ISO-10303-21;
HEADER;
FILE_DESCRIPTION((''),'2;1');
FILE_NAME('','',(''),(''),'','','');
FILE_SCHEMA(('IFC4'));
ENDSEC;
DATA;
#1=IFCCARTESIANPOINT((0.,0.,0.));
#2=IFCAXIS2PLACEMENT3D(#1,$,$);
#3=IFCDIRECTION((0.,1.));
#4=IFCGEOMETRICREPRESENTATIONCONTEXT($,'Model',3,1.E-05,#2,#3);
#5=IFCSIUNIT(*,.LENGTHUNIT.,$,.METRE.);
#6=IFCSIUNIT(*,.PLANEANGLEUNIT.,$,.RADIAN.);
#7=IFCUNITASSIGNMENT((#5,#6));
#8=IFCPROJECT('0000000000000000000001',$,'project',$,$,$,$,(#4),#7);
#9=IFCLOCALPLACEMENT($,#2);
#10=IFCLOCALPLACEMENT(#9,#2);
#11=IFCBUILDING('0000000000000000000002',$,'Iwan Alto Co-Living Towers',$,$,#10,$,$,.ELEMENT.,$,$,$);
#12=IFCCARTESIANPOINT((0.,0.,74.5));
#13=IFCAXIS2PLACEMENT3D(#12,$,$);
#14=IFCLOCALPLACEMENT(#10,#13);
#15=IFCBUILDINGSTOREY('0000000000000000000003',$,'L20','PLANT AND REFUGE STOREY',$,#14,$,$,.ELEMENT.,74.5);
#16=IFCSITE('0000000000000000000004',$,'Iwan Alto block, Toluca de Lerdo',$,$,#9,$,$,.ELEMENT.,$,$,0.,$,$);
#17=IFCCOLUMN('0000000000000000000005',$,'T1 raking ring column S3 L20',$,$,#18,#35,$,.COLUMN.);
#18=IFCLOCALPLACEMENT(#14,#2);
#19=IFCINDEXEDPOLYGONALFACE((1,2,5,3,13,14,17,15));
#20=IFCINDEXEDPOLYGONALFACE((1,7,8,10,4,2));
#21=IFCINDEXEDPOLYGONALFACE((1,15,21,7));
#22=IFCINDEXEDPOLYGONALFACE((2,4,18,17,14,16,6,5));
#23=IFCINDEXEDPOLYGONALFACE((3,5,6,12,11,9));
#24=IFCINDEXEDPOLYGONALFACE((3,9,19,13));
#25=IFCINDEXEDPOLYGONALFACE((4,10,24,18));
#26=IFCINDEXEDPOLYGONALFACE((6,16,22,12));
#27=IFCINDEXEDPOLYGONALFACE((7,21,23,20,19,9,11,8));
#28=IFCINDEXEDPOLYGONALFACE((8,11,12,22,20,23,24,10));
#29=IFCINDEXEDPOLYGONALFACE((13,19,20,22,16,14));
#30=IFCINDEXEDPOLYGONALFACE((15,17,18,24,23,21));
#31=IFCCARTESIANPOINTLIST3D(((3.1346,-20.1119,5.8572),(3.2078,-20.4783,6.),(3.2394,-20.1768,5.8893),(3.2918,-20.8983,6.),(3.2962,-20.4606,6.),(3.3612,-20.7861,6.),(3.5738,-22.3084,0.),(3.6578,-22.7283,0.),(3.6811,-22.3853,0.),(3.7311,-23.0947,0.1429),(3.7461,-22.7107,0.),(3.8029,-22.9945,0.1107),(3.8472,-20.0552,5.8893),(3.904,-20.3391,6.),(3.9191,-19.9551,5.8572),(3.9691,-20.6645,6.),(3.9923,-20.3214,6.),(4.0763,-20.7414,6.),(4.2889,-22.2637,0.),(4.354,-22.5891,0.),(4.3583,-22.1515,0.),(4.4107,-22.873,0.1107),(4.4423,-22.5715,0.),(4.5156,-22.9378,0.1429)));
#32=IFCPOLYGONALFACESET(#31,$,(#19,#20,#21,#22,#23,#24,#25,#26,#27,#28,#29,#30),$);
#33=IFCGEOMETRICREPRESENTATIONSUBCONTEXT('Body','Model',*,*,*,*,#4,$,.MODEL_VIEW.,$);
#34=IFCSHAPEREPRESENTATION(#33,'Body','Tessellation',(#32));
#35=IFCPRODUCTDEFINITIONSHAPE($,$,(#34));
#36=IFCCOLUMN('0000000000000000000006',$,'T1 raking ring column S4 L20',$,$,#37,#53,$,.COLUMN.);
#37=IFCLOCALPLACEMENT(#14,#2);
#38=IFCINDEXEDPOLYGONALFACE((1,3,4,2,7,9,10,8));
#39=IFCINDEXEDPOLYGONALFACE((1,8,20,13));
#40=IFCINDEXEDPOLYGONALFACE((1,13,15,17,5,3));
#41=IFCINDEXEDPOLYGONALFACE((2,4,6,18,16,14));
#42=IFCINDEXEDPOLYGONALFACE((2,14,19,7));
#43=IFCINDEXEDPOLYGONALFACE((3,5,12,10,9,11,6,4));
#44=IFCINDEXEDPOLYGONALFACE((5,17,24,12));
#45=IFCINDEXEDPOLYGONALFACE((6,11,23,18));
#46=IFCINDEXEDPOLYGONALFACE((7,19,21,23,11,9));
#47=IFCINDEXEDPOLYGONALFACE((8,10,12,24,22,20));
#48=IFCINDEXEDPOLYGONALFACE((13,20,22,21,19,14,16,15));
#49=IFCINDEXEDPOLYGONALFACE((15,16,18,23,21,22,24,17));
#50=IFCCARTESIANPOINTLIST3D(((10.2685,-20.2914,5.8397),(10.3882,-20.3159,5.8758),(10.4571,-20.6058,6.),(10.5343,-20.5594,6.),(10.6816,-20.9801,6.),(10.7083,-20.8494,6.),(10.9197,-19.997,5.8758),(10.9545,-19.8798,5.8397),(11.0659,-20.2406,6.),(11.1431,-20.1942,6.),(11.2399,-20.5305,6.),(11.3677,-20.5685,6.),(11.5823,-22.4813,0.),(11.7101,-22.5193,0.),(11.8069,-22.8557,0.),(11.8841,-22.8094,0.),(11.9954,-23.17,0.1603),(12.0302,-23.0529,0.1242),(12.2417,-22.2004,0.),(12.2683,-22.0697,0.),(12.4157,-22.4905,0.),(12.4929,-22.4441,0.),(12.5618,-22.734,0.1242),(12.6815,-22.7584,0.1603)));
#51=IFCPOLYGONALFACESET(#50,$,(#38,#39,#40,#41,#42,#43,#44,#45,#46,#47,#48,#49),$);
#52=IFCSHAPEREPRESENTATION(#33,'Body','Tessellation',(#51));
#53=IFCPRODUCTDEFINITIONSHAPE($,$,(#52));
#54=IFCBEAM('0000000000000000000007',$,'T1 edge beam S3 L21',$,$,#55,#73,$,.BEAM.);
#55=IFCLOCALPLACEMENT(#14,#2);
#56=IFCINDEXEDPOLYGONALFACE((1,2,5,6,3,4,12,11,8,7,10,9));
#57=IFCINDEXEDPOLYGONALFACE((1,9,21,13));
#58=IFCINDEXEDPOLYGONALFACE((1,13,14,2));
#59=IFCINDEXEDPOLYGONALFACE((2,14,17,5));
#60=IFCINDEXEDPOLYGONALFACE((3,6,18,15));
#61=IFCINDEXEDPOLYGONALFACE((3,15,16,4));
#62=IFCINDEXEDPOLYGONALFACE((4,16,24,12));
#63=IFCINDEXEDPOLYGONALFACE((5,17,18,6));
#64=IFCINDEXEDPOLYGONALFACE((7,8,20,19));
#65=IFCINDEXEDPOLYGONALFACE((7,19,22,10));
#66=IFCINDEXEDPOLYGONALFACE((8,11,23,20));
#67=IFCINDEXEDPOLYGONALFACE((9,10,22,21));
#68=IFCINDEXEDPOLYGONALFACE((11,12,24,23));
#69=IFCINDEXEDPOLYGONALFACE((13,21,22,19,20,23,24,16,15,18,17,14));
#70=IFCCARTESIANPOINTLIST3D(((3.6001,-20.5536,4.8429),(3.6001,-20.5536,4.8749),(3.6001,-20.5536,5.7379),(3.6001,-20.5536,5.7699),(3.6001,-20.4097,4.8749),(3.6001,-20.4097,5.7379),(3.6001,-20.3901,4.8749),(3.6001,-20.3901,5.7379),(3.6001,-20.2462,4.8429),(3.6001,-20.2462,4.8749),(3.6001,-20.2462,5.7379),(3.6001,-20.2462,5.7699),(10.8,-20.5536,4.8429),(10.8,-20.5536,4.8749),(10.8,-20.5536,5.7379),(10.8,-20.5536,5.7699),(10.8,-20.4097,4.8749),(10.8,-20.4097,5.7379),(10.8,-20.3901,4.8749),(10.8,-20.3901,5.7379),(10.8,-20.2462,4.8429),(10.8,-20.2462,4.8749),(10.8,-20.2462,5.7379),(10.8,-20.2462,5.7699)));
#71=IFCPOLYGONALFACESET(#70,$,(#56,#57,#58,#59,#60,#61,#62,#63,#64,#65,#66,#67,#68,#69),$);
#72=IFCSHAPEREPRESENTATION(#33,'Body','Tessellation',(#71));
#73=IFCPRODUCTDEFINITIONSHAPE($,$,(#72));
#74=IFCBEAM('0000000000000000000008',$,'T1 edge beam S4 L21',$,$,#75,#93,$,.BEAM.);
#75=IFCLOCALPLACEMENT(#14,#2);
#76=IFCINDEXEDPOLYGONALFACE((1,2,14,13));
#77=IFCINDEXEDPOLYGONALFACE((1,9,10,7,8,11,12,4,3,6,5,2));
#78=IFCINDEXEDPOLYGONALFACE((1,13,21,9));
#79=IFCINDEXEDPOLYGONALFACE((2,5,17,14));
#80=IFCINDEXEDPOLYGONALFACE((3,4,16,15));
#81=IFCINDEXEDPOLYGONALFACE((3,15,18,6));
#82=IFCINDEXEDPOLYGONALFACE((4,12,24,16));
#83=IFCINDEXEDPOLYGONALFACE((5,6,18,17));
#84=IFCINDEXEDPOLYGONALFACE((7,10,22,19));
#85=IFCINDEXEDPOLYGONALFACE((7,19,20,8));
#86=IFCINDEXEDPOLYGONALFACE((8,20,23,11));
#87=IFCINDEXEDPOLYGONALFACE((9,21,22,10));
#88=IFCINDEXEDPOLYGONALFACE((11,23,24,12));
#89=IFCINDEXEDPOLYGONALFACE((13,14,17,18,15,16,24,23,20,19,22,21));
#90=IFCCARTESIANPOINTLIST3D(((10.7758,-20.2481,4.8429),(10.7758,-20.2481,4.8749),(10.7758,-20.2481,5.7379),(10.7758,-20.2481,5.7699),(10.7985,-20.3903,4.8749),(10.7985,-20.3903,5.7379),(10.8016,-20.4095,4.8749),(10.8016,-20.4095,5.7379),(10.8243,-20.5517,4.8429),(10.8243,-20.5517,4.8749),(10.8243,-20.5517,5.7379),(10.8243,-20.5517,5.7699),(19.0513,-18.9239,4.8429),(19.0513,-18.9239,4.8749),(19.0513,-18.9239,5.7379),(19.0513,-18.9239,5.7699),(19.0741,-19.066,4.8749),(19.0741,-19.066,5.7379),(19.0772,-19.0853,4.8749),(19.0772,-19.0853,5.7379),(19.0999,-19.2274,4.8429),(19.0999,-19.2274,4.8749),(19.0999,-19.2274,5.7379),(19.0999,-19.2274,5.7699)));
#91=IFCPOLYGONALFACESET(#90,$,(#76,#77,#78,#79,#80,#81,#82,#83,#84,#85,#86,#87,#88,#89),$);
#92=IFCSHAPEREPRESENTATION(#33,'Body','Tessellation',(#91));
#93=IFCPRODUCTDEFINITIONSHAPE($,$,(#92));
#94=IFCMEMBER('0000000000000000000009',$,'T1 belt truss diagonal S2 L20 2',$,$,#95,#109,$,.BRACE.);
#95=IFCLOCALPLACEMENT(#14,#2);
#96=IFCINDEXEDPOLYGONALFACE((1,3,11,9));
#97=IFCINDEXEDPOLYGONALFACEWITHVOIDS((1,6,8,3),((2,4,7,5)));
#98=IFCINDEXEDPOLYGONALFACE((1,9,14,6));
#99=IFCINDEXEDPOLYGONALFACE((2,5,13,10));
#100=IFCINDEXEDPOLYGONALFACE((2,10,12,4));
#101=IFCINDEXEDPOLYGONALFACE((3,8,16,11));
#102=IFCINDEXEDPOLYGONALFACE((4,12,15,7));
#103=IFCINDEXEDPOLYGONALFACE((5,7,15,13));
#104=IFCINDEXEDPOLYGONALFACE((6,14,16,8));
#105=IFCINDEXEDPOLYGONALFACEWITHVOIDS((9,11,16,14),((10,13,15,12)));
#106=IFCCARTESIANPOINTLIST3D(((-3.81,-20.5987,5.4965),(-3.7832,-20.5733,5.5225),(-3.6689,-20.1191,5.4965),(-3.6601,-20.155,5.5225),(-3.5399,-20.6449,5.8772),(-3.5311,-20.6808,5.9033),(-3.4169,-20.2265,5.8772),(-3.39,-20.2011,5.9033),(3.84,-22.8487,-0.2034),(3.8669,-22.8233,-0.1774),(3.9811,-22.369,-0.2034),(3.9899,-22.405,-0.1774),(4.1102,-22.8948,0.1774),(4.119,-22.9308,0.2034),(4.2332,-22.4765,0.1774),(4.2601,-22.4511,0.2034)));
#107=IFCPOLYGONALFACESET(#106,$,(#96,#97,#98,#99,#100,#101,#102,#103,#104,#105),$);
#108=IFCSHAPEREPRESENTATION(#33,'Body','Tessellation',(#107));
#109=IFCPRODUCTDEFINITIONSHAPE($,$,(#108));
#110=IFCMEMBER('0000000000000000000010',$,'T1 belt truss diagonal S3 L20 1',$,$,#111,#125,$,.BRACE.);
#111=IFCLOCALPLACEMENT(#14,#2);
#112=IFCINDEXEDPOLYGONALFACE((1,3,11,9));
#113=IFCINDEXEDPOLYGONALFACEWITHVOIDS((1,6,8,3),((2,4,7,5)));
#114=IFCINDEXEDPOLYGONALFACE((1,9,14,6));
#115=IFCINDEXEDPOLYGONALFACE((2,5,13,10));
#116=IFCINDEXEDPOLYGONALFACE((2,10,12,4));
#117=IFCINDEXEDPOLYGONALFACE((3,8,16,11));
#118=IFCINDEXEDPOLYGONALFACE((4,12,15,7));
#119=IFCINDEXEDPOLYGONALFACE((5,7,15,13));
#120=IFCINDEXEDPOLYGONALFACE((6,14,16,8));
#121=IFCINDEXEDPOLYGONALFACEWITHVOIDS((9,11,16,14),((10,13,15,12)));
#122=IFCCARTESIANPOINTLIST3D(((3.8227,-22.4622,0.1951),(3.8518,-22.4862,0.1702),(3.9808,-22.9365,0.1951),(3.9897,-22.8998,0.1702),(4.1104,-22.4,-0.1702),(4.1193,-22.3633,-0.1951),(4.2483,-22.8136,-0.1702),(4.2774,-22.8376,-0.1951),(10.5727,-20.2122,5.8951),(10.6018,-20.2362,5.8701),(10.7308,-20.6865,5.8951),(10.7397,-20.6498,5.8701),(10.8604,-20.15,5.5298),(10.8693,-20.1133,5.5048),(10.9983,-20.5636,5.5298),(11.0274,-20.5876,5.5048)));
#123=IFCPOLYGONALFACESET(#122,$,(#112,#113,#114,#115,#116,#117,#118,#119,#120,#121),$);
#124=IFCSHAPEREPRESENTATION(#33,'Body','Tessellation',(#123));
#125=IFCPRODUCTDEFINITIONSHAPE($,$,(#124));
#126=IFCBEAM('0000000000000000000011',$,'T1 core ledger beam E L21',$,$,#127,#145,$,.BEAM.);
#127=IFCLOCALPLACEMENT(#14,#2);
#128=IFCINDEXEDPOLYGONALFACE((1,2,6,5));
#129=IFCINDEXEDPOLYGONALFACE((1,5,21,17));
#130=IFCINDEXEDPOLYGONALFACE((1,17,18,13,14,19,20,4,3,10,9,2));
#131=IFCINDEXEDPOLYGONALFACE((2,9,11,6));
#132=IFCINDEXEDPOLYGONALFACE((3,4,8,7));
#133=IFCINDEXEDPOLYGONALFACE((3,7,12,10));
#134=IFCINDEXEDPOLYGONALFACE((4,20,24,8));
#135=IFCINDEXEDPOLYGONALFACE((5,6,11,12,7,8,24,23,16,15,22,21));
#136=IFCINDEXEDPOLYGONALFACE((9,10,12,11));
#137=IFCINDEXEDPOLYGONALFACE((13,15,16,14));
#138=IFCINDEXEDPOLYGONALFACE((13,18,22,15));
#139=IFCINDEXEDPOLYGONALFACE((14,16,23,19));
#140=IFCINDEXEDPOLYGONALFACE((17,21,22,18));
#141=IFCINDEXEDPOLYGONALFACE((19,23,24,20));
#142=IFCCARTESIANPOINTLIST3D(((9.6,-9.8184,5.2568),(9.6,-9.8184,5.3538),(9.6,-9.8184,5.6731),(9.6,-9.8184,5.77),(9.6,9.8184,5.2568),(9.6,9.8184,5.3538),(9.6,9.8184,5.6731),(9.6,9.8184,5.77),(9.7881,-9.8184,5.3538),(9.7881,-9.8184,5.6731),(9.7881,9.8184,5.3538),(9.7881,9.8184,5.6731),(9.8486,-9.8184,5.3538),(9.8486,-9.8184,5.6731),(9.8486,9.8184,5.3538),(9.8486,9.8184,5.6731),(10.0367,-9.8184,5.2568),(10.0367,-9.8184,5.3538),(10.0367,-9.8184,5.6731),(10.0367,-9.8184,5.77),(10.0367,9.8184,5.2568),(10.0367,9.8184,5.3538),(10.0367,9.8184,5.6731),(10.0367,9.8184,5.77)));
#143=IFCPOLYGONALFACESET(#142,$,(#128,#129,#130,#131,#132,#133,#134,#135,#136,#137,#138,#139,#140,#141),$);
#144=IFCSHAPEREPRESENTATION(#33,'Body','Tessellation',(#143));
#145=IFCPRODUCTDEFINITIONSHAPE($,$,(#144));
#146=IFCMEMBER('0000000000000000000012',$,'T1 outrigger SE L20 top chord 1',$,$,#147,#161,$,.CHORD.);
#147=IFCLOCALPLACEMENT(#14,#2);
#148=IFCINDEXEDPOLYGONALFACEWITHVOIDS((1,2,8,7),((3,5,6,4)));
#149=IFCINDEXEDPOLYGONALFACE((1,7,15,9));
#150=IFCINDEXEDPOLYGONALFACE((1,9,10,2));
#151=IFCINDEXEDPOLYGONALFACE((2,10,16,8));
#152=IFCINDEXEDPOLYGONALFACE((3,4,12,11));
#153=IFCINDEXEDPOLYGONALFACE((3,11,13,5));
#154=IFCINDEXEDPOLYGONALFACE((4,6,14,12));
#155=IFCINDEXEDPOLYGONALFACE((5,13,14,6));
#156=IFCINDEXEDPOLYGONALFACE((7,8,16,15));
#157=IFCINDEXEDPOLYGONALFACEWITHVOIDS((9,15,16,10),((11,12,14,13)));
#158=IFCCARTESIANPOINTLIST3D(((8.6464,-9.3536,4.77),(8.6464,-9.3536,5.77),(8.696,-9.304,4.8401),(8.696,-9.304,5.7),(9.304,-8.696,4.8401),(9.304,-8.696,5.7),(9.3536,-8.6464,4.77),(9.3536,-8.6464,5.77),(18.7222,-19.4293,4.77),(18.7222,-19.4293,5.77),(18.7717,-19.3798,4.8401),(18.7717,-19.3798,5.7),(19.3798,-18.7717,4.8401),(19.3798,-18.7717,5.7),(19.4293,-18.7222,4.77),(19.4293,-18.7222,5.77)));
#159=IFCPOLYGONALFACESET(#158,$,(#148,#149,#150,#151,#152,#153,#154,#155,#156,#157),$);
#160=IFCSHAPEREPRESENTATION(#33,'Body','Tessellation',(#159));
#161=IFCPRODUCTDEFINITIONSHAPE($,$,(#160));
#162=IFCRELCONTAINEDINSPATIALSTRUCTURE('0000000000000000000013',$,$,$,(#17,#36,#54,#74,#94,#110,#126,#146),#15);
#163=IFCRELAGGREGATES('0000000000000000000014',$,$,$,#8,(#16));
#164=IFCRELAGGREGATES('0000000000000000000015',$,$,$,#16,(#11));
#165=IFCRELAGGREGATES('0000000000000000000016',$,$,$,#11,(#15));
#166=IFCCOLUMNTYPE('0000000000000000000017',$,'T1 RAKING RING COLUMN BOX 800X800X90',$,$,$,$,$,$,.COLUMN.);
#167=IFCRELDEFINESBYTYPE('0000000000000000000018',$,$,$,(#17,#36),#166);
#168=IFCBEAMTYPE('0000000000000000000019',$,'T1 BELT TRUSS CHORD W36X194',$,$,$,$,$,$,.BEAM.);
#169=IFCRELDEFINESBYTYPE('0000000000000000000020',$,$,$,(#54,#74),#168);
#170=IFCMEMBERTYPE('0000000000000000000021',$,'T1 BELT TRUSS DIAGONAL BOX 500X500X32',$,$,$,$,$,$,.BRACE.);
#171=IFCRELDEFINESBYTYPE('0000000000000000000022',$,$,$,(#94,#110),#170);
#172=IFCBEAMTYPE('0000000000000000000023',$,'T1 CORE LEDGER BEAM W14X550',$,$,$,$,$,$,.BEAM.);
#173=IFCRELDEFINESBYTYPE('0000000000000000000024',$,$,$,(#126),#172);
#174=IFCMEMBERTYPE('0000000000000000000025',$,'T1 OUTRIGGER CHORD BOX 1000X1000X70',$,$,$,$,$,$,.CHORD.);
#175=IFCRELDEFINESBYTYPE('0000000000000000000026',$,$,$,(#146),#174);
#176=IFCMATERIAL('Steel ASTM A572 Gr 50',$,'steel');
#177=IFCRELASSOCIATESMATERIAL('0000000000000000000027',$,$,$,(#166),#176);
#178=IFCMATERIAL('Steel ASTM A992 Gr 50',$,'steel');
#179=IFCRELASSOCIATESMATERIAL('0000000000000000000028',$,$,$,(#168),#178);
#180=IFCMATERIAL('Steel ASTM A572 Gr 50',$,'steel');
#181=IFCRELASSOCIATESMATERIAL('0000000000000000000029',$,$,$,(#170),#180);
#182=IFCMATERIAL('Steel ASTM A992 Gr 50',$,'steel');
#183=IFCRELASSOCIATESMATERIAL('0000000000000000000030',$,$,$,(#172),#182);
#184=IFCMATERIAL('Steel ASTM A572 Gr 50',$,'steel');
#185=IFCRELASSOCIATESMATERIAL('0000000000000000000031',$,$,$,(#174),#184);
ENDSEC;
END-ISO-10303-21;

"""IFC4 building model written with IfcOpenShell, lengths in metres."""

from ifc_helpers import new_model, si_unit, direction, frame, origin, origin_2d, place, context, subcontext, project, spatial, hollow_rectangle, i_section, extrude, clip, halfspace, material, material_profile, profile_set, type_object, element, save


model = new_model("IFC4")

# Units and contexts
model_context = context("Model", 3, precision=1e-05, world=origin(), true_north=direction((0.0, 1.0)))
body_context = subcontext(model_context, "Body", "Model", "MODEL_VIEW")
ifc_project = project(units=[si_unit("LENGTHUNIT", "METRE"), si_unit("PLANEANGLEUNIT", "RADIAN")], contexts=[model_context])

# Site, building, storey
site_placement = place(None, origin())
site = spatial("IfcSite", under=ifc_project, at=site_placement, Name="Iwan Alto block, Toluca de Lerdo", CompositionType="ELEMENT", RefElevation=0.0)
building_placement = place(site_placement, origin())
building = spatial("IfcBuilding", under=site, at=building_placement, Name="Iwan Alto Co-Living Towers", CompositionType="ELEMENT")
storey_placement = place(building_placement, frame((0.0, 0.0, 74.5)))
storey = spatial("IfcBuildingStorey", under=building, at=storey_placement, Name="L20", Description="PLANT AND REFUGE STOREY", CompositionType="ELEMENT", Elevation=74.5)

# Columns
ifc_material_1 = material(Name="Steel ASTM A572 Gr 50", Category="steel")
ifc_material_profile_1 = material_profile(ifc_material_1, hollow_rectangle(XDim=0.8, YDim=0.8, WallThickness=0.0901, at=origin_2d()), Name="BOX 800X800X90")
ifc_profile_set_1 = profile_set([ifc_material_profile_1], Name="Steel ASTM A572 Gr 50")
column_type = type_object("IfcColumnType", Name="T1 RAKING RING COLUMN BOX 800X800X90", PredefinedType="COLUMN", material=ifc_profile_set_1)
column_1_placement = place(storey_placement, frame((4.05, -22.6499, 0.0), z_axis=(-0.070045, 0.350261, 0.934029), x_axis=(-0.980585, -0.196096, 0.0)))
element("IfcColumn", 1, at=column_1_placement, inside=storey, type_object=column_type, Name="T1 raking ring column S3 L20", PredefinedType="COLUMN", context=body_context, shape_type="Clipping", body=[
    clip(clip(extrude(hollow_rectangle(XDim=0.8, YDim=0.8, WallThickness=0.0901, at=origin_2d()), origin(), (0.0, 0.0, 1.0), 6.4238), halfspace(frame((0.0, 0.0, 0.0), z_axis=(0.0, -0.357196, -0.934029), x_axis=(-0.980585, 0.183159, -0.070045)), False)), halfspace(frame((0.0, 2.1431, 5.6042), z_axis=(0.0, 0.357196, 0.934029), x_axis=(-0.980585, 0.183159, -0.070045)), False)),
])
column_2_placement = place(storey_placement, frame((12.1499, -22.6499, 0.0), z_axis=(-0.206128, 0.343583, 0.916222), x_axis=(-0.857518, -0.514455, 0.0)))
element("IfcColumn", 2, at=column_2_placement, inside=storey, type_object=column_type, Name="T1 raking ring column S4 L20", PredefinedType="COLUMN", context=body_context, shape_type="Clipping", body=[
    clip(clip(extrude(hollow_rectangle(XDim=0.8, YDim=0.8, WallThickness=0.0901, at=origin_2d()), origin(), (0.0, 0.0, 1.0), 6.5486), halfspace(frame((0.0, 0.0, 0.0), z_axis=(0.0, -0.400672, -0.916222), x_axis=(-0.857518, 0.471355, -0.206128)), False)), halfspace(frame((0.0, 2.4041, 5.4973), z_axis=(0.0, 0.400672, 0.916222), x_axis=(-0.857518, 0.471355, -0.206128)), False)),
])

# Beams
ifc_material_2 = material(Name="Steel ASTM A992 Gr 50", Category="steel")
ifc_material_profile_2 = material_profile(ifc_material_2, i_section(OverallWidth=0.3074, OverallDepth=0.927, WebThickness=0.0195, FlangeThickness=0.032, at=origin_2d()), Name="W36X194")
ifc_profile_set_2 = profile_set([ifc_material_profile_2], Name="Steel ASTM A992 Gr 50")
beam_type_1 = type_object("IfcBeamType", Name="T1 BELT TRUSS CHORD W36X194", PredefinedType="BEAM", material=ifc_profile_set_2)
beam_1_placement = place(storey_placement, frame((3.6001, -20.3999, 5.3064), z_axis=(1.0, 0.0, 0.0), x_axis=(0.0, 1.0, 0.0)))
element("IfcBeam", 3, at=beam_1_placement, inside=storey, type_object=beam_type_1, Name="T1 edge beam S3 L21", PredefinedType="BEAM", context=body_context, shape_type="SweptSolid", body=[
    extrude(i_section(OverallWidth=0.3074, OverallDepth=0.927, WebThickness=0.0195, FlangeThickness=0.032, at=origin_2d()), origin(), (0.0, 0.0, 1.0), 7.2),
])
beam_2_placement = place(storey_placement, frame((10.8, -20.3999, 5.3064), z_axis=(0.987438, 0.158004, 0.0), x_axis=(-0.158004, 0.987438, 0.0)))
element("IfcBeam", 4, at=beam_2_placement, inside=storey, type_object=beam_type_1, Name="T1 edge beam S4 L21", PredefinedType="BEAM", context=body_context, shape_type="SweptSolid", body=[
    extrude(i_section(OverallWidth=0.3074, OverallDepth=0.927, WebThickness=0.0195, FlangeThickness=0.032, at=origin_2d()), origin(), (0.0, 0.0, 1.0), 8.3809),
])

# Members
ifc_material_3 = material(Name="Steel ASTM A572 Gr 50", Category="steel")
ifc_material_profile_3 = material_profile(ifc_material_3, hollow_rectangle(XDim=0.5, YDim=0.5, WallThickness=0.032, at=origin_2d()), Name="BOX 500X500X32")
ifc_profile_set_3 = profile_set([ifc_material_profile_3], Name="Steel ASTM A572 Gr 50")
member_type_1 = type_object("IfcMemberType", Name="T1 BELT TRUSS DIAGONAL BOX 500X500X32", PredefinedType="BRACE", material=ifc_profile_set_3)
member_1_placement = place(storey_placement, frame((4.05, -22.6499, 0.0), z_axis=(-0.780478, 0.229548, 0.581517), x_axis=(-0.282161, -0.959367, 0.0)))
element("IfcMember", 5, at=member_1_placement, inside=storey, type_object=member_type_1, Name="T1 belt truss diagonal S2 L20 2", PredefinedType="BRACE", context=body_context, shape_type="SweptSolid", body=[
    extrude(hollow_rectangle(XDim=0.5, YDim=0.5, WallThickness=0.032, at=origin_2d()), origin(), (0.0, 0.0, 1.0), 9.8018),
])
member_2_placement = place(storey_placement, frame((4.05, -22.6499, 0.0), z_axis=(0.740398, 0.246799, 0.62522), x_axis=(-0.316228, 0.948683, 0.0)))
element("IfcMember", 6, at=member_2_placement, inside=storey, type_object=member_type_1, Name="T1 belt truss diagonal S3 L20 1", PredefinedType="BRACE", context=body_context, shape_type="SweptSolid", body=[
    extrude(hollow_rectangle(XDim=0.5, YDim=0.5, WallThickness=0.032, at=origin_2d()), origin(), (0.0, 0.0, 1.0), 9.1167),
])

# Beam
ifc_material_4 = material(Name="Steel ASTM A992 Gr 50", Category="steel")
ifc_material_profile_4 = material_profile(ifc_material_4, i_section(OverallWidth=0.4368, OverallDepth=0.5132, WebThickness=0.0605, FlangeThickness=0.0969, at=origin_2d()), Name="W14X550")
ifc_profile_set_4 = profile_set([ifc_material_profile_4], Name="Steel ASTM A992 Gr 50")
beam_type_2 = type_object("IfcBeamType", Name="T1 CORE LEDGER BEAM W14X550", PredefinedType="BEAM", material=ifc_profile_set_4)
beam_3_placement = place(storey_placement, frame((9.8184, -9.8184, 5.5134), z_axis=(0.0, 1.0, 0.0), x_axis=(-1.0, 0.0, 0.0)))
element("IfcBeam", 7, at=beam_3_placement, inside=storey, type_object=beam_type_2, Name="T1 core ledger beam E L21", PredefinedType="BEAM", context=body_context, shape_type="SweptSolid", body=[
    extrude(i_section(OverallWidth=0.4368, OverallDepth=0.5132, WebThickness=0.0605, FlangeThickness=0.0969, at=origin_2d()), origin(), (0.0, 0.0, 1.0), 19.6367),
])

# Member
ifc_material_5 = material(Name="Steel ASTM A572 Gr 50", Category="steel")
ifc_material_profile_5 = material_profile(ifc_material_5, hollow_rectangle(XDim=1.0, YDim=1.0, WallThickness=0.0701, at=origin_2d()), Name="BOX 1000X1000X70")
ifc_profile_set_5 = profile_set([ifc_material_profile_5], Name="Steel ASTM A572 Gr 50")
member_type_2 = type_object("IfcMemberType", Name="T1 OUTRIGGER CHORD BOX 1000X1000X70", PredefinedType="CHORD", material=ifc_profile_set_5)
member_3_placement = place(storey_placement, frame((9.0, -9.0, 5.27), z_axis=(0.707107, -0.707107, 0.0), x_axis=(0.707107, 0.707107, 0.0)))
element("IfcMember", 8, at=member_3_placement, inside=storey, type_object=member_type_2, Name="T1 outrigger SE L20 top chord 1", PredefinedType="CHORD", context=body_context, shape_type="SweptSolid", body=[
    extrude(hollow_rectangle(XDim=1.0, YDim=1.0, WallThickness=0.0701, at=origin_2d()), origin(), (0.0, 0.0, 1.0), 14.2493),
])

save(model, "model.ifc")
